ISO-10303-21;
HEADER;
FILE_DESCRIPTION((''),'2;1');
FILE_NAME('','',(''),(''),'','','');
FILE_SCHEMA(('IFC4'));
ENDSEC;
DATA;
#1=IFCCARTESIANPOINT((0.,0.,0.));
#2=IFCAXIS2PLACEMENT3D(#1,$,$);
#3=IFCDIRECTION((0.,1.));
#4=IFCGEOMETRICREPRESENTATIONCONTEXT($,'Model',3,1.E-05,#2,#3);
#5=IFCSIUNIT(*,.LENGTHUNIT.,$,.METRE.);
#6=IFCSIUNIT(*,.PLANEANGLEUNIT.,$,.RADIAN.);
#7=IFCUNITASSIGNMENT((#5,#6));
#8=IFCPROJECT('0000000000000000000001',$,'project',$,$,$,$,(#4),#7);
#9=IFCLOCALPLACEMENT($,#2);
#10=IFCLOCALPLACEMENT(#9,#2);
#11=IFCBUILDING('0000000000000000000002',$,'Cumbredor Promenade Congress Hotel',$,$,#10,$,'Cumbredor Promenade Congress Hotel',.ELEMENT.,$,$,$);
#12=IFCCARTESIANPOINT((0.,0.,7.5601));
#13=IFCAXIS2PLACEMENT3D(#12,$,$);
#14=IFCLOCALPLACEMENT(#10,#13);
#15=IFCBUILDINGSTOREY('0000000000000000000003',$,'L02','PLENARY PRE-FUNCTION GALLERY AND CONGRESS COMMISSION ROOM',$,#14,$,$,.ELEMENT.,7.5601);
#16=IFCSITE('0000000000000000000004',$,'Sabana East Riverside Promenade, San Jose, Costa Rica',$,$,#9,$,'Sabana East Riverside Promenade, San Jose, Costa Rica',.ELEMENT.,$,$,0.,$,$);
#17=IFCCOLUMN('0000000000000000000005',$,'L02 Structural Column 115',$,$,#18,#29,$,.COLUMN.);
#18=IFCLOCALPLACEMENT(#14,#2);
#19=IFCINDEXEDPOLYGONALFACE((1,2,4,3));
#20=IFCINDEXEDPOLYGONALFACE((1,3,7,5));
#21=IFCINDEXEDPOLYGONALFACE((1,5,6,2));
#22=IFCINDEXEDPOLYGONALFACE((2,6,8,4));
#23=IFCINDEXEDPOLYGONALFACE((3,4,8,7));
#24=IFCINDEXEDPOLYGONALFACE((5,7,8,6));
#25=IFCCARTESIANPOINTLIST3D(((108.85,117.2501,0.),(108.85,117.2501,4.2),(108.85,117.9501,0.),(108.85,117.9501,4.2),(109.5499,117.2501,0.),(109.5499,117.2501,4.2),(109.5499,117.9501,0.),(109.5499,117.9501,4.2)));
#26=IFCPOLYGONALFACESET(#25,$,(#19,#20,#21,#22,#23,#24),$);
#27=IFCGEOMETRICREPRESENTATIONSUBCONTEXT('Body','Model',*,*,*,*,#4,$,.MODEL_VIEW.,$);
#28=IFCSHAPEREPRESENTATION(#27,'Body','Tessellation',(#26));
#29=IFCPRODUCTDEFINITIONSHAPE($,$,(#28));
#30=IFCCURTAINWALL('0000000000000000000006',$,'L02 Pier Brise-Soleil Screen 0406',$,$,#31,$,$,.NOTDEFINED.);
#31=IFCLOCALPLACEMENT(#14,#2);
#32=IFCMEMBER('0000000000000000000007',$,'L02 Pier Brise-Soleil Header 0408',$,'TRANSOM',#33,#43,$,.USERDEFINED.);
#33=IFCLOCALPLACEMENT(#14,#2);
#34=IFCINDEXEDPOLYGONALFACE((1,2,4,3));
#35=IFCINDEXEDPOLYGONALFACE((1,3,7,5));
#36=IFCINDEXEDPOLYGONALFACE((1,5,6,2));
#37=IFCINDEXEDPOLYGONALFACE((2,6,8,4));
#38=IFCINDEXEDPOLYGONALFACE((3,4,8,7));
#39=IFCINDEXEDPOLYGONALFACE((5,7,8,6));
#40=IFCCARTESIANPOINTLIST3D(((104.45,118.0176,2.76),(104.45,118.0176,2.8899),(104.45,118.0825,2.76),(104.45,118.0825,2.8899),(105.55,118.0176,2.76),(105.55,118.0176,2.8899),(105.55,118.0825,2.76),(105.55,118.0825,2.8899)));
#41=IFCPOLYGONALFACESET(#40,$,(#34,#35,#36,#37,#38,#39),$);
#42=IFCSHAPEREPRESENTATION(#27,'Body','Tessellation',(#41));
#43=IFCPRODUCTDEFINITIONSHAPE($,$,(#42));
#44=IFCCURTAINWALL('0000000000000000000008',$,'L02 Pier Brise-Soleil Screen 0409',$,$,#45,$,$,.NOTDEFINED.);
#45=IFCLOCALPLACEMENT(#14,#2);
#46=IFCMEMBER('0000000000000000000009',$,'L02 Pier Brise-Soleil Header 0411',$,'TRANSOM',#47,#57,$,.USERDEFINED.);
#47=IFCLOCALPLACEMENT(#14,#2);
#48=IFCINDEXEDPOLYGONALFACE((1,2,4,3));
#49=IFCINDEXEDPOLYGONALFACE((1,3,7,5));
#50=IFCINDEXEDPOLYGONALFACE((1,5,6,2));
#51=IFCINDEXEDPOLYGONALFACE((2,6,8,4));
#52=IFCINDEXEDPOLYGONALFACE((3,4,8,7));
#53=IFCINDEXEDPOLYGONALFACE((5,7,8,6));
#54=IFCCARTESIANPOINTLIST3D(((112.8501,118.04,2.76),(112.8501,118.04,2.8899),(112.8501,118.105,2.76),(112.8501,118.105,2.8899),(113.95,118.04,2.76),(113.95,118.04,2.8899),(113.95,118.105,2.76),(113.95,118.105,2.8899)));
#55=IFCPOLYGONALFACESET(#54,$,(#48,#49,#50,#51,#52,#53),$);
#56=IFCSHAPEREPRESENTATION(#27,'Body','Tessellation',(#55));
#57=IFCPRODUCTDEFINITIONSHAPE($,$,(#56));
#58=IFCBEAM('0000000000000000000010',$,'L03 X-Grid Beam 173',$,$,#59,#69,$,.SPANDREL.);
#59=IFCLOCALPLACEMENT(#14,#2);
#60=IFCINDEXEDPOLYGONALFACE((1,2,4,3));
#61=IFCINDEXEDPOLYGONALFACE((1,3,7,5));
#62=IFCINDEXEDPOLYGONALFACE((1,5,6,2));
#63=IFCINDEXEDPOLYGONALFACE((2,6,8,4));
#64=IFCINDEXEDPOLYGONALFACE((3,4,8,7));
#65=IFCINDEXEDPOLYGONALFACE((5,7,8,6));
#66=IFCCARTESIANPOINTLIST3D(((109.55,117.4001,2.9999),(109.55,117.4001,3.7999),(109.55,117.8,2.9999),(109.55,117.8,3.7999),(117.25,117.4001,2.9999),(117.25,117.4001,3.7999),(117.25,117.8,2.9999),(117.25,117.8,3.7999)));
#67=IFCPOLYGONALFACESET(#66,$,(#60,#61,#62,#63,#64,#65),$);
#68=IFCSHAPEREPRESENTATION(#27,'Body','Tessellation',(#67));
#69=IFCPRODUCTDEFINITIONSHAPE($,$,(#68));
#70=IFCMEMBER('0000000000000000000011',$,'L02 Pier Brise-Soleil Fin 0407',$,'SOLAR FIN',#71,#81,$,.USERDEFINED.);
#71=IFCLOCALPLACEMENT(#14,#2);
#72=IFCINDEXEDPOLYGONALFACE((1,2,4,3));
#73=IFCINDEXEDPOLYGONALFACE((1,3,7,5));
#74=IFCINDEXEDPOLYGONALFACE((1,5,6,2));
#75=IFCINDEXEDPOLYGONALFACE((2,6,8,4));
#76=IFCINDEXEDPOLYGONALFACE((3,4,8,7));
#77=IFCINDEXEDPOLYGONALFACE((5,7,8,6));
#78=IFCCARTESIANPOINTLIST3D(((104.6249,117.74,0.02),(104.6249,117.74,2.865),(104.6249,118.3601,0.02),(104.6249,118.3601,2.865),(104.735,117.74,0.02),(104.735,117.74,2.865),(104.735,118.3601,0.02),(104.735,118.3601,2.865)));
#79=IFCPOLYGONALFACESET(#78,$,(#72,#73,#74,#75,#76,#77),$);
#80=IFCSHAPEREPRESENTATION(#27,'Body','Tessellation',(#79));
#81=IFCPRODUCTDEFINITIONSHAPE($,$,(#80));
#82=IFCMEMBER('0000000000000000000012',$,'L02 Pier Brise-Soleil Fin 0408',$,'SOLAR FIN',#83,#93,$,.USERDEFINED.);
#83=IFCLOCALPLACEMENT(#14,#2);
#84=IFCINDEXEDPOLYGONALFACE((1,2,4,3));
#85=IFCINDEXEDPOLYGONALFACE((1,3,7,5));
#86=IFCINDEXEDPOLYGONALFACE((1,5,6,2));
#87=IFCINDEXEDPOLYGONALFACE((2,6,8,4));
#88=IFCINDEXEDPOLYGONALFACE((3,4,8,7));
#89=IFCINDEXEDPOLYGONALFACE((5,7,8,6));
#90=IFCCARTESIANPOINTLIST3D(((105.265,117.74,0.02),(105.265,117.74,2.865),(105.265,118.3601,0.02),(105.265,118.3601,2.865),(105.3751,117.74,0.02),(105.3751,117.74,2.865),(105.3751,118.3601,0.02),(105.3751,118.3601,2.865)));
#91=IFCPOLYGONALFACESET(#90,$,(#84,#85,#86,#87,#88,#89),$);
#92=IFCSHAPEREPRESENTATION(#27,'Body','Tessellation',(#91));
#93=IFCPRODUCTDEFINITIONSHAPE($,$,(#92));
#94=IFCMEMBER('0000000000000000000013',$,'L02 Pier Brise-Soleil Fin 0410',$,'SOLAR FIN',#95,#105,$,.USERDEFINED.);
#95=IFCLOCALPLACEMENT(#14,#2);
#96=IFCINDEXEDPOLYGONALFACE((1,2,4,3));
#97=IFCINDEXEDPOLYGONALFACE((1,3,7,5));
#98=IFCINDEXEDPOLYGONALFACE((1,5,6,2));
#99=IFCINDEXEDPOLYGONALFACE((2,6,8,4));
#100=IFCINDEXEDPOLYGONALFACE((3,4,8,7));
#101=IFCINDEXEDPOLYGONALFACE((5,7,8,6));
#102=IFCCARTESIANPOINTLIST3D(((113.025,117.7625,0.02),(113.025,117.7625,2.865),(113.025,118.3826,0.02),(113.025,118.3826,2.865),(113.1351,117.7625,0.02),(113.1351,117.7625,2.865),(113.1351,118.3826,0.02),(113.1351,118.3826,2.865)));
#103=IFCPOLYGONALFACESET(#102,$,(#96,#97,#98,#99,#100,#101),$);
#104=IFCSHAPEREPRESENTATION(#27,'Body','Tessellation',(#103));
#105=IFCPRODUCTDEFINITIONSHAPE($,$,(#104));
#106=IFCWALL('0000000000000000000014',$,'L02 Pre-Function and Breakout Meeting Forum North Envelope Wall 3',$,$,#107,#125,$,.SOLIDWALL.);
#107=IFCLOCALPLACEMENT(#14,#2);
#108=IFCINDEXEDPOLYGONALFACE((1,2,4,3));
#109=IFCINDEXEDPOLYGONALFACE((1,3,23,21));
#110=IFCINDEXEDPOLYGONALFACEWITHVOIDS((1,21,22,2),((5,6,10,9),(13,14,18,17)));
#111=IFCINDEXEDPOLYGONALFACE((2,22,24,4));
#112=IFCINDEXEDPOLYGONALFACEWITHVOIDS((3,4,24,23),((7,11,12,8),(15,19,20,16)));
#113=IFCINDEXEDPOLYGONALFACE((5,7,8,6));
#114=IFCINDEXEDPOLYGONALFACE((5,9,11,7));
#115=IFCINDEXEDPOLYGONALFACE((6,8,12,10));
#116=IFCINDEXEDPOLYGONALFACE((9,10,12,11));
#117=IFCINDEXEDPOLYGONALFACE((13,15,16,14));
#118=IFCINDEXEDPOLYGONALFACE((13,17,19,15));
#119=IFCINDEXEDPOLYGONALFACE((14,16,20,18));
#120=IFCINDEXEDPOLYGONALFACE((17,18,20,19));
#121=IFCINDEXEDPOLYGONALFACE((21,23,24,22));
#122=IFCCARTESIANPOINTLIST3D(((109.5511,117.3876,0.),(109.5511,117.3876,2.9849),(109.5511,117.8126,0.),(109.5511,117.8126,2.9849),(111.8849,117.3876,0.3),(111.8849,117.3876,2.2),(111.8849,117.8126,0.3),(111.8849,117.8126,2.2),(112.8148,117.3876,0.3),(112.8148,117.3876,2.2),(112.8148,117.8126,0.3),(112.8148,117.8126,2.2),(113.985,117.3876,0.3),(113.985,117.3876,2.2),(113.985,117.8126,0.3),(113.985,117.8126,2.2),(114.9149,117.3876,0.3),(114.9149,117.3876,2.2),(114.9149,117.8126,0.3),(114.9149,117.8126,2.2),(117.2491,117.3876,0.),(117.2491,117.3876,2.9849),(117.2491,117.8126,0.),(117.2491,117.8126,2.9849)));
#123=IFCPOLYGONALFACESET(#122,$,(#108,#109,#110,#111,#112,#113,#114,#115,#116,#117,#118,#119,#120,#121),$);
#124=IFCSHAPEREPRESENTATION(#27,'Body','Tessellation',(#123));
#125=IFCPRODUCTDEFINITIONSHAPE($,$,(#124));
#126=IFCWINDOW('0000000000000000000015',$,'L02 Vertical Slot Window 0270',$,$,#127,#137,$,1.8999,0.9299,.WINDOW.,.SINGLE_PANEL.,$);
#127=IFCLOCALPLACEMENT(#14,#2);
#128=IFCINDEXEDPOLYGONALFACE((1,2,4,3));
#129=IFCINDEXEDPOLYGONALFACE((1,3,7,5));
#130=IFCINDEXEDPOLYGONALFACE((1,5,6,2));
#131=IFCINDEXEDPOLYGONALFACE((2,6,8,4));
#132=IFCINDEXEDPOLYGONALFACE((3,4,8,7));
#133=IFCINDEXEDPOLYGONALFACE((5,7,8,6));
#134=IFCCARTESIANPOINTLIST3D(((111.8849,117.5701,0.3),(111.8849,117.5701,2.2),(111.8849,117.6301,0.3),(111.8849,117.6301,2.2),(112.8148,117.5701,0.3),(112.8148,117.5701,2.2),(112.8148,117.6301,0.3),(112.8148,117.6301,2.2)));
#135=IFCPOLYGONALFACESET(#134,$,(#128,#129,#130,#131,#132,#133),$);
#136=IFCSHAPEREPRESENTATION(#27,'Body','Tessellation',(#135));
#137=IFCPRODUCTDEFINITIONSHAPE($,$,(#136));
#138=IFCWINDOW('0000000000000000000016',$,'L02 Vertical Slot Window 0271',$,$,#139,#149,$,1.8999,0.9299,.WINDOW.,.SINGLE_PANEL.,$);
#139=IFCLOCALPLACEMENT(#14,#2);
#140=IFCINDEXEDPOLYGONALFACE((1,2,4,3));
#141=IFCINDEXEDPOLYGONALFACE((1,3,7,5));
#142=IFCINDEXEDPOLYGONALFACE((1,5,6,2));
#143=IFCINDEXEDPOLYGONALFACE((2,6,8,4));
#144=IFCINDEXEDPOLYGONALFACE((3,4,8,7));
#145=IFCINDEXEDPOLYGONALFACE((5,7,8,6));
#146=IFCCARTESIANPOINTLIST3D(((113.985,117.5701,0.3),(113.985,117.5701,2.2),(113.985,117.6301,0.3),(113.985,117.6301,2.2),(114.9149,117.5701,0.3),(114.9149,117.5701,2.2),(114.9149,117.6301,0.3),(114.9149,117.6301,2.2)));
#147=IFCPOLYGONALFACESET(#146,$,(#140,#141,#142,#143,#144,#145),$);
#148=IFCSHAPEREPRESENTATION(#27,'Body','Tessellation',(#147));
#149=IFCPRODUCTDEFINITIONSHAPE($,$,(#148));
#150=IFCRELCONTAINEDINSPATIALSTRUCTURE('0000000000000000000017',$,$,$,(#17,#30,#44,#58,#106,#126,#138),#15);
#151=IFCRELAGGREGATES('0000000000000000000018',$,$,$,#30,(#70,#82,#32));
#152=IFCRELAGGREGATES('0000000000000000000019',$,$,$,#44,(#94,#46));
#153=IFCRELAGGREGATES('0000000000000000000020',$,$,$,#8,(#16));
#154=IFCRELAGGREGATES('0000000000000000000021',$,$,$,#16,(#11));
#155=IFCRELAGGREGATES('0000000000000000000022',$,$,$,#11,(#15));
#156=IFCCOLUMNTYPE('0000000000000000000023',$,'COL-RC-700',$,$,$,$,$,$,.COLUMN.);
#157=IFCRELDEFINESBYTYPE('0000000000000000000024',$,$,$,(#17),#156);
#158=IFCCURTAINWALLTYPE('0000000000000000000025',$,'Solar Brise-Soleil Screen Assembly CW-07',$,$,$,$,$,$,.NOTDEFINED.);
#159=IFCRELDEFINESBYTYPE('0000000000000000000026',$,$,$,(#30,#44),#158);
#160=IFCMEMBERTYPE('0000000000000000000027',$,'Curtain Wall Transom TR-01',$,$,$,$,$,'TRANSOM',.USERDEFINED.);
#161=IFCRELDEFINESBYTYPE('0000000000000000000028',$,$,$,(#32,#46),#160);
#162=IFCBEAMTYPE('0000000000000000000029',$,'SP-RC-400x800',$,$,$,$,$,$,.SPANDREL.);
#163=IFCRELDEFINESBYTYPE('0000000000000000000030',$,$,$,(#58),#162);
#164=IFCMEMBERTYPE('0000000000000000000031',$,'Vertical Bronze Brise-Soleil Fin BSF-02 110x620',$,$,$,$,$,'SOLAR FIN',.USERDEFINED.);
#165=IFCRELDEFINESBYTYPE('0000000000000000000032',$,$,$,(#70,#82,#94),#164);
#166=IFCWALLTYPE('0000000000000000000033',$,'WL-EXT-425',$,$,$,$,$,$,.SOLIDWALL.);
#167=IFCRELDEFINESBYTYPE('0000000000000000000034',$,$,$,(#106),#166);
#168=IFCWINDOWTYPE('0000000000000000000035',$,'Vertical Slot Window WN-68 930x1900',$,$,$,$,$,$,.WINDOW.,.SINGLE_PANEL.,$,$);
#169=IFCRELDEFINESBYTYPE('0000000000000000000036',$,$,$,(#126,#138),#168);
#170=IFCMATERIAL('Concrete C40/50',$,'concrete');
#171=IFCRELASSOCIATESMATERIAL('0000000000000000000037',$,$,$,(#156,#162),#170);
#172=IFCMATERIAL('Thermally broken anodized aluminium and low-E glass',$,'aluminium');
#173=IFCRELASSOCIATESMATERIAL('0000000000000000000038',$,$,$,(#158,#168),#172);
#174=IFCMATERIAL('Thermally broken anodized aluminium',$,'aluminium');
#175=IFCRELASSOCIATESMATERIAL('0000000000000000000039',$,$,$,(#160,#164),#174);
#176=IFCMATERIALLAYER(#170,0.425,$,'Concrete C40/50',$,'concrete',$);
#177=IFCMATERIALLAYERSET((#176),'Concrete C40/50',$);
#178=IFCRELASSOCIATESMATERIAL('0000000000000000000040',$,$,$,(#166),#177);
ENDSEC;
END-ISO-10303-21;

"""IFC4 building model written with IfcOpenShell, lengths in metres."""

from ifc_helpers import new_model, si_unit, direction, frame, frame_2d, origin, origin_2d, place, context, subcontext, project, spatial, rectangle, extrude, material, layer, layer_set, material_profile, profile_set, type_object, element, fill, aggregate, save


model = new_model("IFC4")

# Units and contexts
model_context = context("Model", 3, precision=1e-05, world=origin(), true_north=direction((0.0, 1.0)))
body_context = subcontext(model_context, "Body", "Model", "MODEL_VIEW")
ifc_project = project(units=[si_unit("LENGTHUNIT", "METRE"), si_unit("PLANEANGLEUNIT", "RADIAN")], contexts=[model_context])

# Site, building, storey
site_placement = place(None, origin())
site = spatial("IfcSite", under=ifc_project, at=site_placement, Name="Sabana East Riverside Promenade, San Jose, Costa Rica", LongName="Sabana East Riverside Promenade, San Jose, Costa Rica", CompositionType="ELEMENT", RefElevation=0.0)
building_placement = place(site_placement, origin())
building = spatial("IfcBuilding", under=site, at=building_placement, Name="Cumbredor Promenade Congress Hotel", LongName="Cumbredor Promenade Congress Hotel", CompositionType="ELEMENT")
storey_placement = place(building_placement, frame((0.0, 0.0, 7.5601)))
storey = spatial("IfcBuildingStorey", under=building, at=storey_placement, Name="L02", Description="PLENARY PRE-FUNCTION GALLERY AND CONGRESS COMMISSION ROOM", CompositionType="ELEMENT", Elevation=7.5601)

# Column
ifc_material_1 = material(Name="Concrete C40/50", Category="concrete")
ifc_material_profile_1 = material_profile(ifc_material_1, rectangle(XDim=0.7, YDim=0.7, at=origin_2d()), Name="RC 700x700")
ifc_profile_set_1 = profile_set([ifc_material_profile_1], Name="Concrete C40/50")
column_type = type_object("IfcColumnType", Name="COL-RC-700", PredefinedType="COLUMN", material=ifc_profile_set_1)
column_placement = place(storey_placement, frame((109.2, 117.6001, 0.0), z_axis=(0.0, 0.0, 1.0), x_axis=(1.0, 0.0, 0.0)))
element("IfcColumn", 1, at=column_placement, inside=storey, type_object=column_type, Name="L02 Structural Column 115", PredefinedType="COLUMN", context=body_context, shape_type="SweptSolid", body=[
    extrude(rectangle(XDim=0.7, YDim=0.7, at=origin_2d()), origin(), (0.0, 0.0, 1.0), 4.2),
])

# Curtain walls, members
ifc_material_2 = material(Name="Thermally broken anodized aluminium and low-E glass", Category="aluminium")
curtain_wall_type = type_object("IfcCurtainWallType", Name="Solar Brise-Soleil Screen Assembly CW-07", PredefinedType="NOTDEFINED", material=ifc_material_2)
curtain_wall_1_placement = place(storey_placement, origin())
curtain_wall_1 = element("IfcCurtainWall", 2, at=curtain_wall_1_placement, inside=storey, type_object=curtain_wall_type, Name="L02 Pier Brise-Soleil Screen 0406", PredefinedType="NOTDEFINED")
ifc_material_3 = material(Name="Thermally broken anodized aluminium", Category="aluminium")
ifc_material_profile_2 = material_profile(ifc_material_3, rectangle(XDim=0.0649, YDim=0.1299, at=origin_2d()), Name="ALU TRANSOM 65x130")
ifc_profile_set_2 = profile_set([ifc_material_profile_2], Name="Thermally broken anodized aluminium")
member_type_1 = type_object("IfcMemberType", Name="Curtain Wall Transom TR-01", ElementType="TRANSOM", PredefinedType="USERDEFINED", material=ifc_profile_set_2)
member_1_placement = place(storey_placement, frame((104.45, 118.05, 2.825), z_axis=(1.0, 0.0, 0.0), x_axis=(0.0, 1.0, 0.0)))
member_1 = element("IfcMember", 3, at=member_1_placement, type_object=member_type_1, Name="L02 Pier Brise-Soleil Header 0408", ObjectType="TRANSOM", PredefinedType="USERDEFINED", context=body_context, shape_type="SweptSolid", body=[
    extrude(rectangle(XDim=0.0649, YDim=0.1299, at=origin_2d()), origin(), (0.0, 0.0, 1.0), 1.1001),
])
curtain_wall_2_placement = place(storey_placement, origin())
curtain_wall_2 = element("IfcCurtainWall", 4, at=curtain_wall_2_placement, inside=storey, type_object=curtain_wall_type, Name="L02 Pier Brise-Soleil Screen 0409", PredefinedType="NOTDEFINED")
member_2_placement = place(storey_placement, frame((112.8501, 118.0725, 2.825), z_axis=(1.0, 0.0, 0.0), x_axis=(0.0, 1.0, 0.0)))
member_2 = element("IfcMember", 5, at=member_2_placement, type_object=member_type_1, Name="L02 Pier Brise-Soleil Header 0411", ObjectType="TRANSOM", PredefinedType="USERDEFINED", context=body_context, shape_type="SweptSolid", body=[
    extrude(rectangle(XDim=0.0649, YDim=0.1299, at=origin_2d()), origin(), (0.0, 0.0, 1.0), 1.0999),
])

# Beam
ifc_material_profile_3 = material_profile(ifc_material_1, rectangle(XDim=0.3999, YDim=0.8, at=origin_2d()), Name="RC SPANDREL 400x800")
ifc_profile_set_3 = profile_set([ifc_material_profile_3], Name="Concrete C40/50")
beam_type = type_object("IfcBeamType", Name="SP-RC-400x800", PredefinedType="SPANDREL", material=ifc_profile_set_3)
beam_placement = place(storey_placement, frame((109.55, 117.6001, 3.3999), z_axis=(1.0, 0.0, 0.0), x_axis=(0.0, 1.0, 0.0)))
element("IfcBeam", 6, at=beam_placement, inside=storey, type_object=beam_type, Name="L03 X-Grid Beam 173", PredefinedType="SPANDREL", context=body_context, shape_type="SweptSolid", body=[
    extrude(rectangle(XDim=0.3999, YDim=0.8, at=origin_2d()), origin(), (0.0, 0.0, 1.0), 7.7),
])

# Members
ifc_material_profile_4 = material_profile(ifc_material_3, rectangle(XDim=0.1101, YDim=0.6201, at=origin_2d()), Name="ARCH FIN 110x620")
ifc_profile_set_4 = profile_set([ifc_material_profile_4], Name="Thermally broken anodized aluminium")
member_type_2 = type_object("IfcMemberType", Name="Vertical Bronze Brise-Soleil Fin BSF-02 110x620", ElementType="SOLAR FIN", PredefinedType="USERDEFINED", material=ifc_profile_set_4)
member_3_placement = place(storey_placement, frame((104.6799, 118.05, 0.02), z_axis=(0.0, 0.0, 1.0), x_axis=(1.0, 0.0, 0.0)))
member_3 = element("IfcMember", 7, at=member_3_placement, type_object=member_type_2, Name="L02 Pier Brise-Soleil Fin 0407", ObjectType="SOLAR FIN", PredefinedType="USERDEFINED", context=body_context, shape_type="SweptSolid", body=[
    extrude(rectangle(XDim=0.1101, YDim=0.6201, at=origin_2d()), origin(), (0.0, 0.0, 1.0), 2.845),
])
member_4_placement = place(storey_placement, frame((105.3201, 118.05, 0.02), z_axis=(0.0, 0.0, 1.0), x_axis=(1.0, 0.0, 0.0)))
member_4 = element("IfcMember", 8, at=member_4_placement, type_object=member_type_2, Name="L02 Pier Brise-Soleil Fin 0408", ObjectType="SOLAR FIN", PredefinedType="USERDEFINED", context=body_context, shape_type="SweptSolid", body=[
    extrude(rectangle(XDim=0.1101, YDim=0.6201, at=origin_2d()), origin(), (0.0, 0.0, 1.0), 2.845),
])
aggregate(curtain_wall_1, [member_3, member_4, member_1])
member_5_placement = place(storey_placement, frame((113.0801, 118.0725, 0.02), z_axis=(0.0, 0.0, 1.0), x_axis=(1.0, 0.0, 0.0)))
member_5 = element("IfcMember", 9, at=member_5_placement, type_object=member_type_2, Name="L02 Pier Brise-Soleil Fin 0410", ObjectType="SOLAR FIN", PredefinedType="USERDEFINED", context=body_context, shape_type="SweptSolid", body=[
    extrude(rectangle(XDim=0.1101, YDim=0.6201, at=origin_2d()), origin(), (0.0, 0.0, 1.0), 2.845),
])
aggregate(curtain_wall_2, [member_5, member_2])

# Wall, openings, windows
ifc_layer = layer(ifc_material_1, 0.425, Name="Concrete C40/50", Category="concrete")
ifc_layer_set = layer_set([ifc_layer], Name="Concrete C40/50")
wall_type = type_object("IfcWallType", Name="WL-EXT-425", PredefinedType="SOLIDWALL", material=ifc_layer_set)
wall_placement = place(storey_placement, frame((109.551, 117.6001, 0.0), z_axis=(0.0, 0.0, 1.0), x_axis=(1.0, 0.0, 0.0)))
wall = element("IfcWall", 10, at=wall_placement, inside=storey, type_object=wall_type, Name="L02 Pre-Function and Breakout Meeting Forum North Envelope Wall 3", PredefinedType="SOLIDWALL", context=body_context, shape_type="SweptSolid", body=[
    extrude(rectangle(XDim=7.698, YDim=0.425, at=frame_2d((3.8491, 0.0))), origin(), (0.0, 0.0, 1.0), 2.9849),
])
opening_1_placement = place(wall_placement, frame((2.334, 0.0, 0.3)))
opening_1 = element("IfcOpeningElement", 11, at=opening_1_placement, cuts=wall, PredefinedType="OPENING", context=body_context, shape_type="SweptSolid", body=[
    extrude(rectangle(XDim=0.9299, YDim=1.8999, at=frame_2d((0.4648, 0.95))), frame((0.0, 0.2227, 0.0), z_axis=(0.0, -1.0, 0.0), x_axis=(1.0, 0.0, 0.0)), (0.0, 0.0, 1.0), 0.4451),
])
opening_2_placement = place(wall_placement, frame((4.4341, 0.0, 0.3)))
opening_2 = element("IfcOpeningElement", 12, at=opening_2_placement, cuts=wall, PredefinedType="OPENING", context=body_context, shape_type="SweptSolid", body=[
    extrude(rectangle(XDim=0.9299, YDim=1.8999, at=frame_2d((0.4648, 0.95))), frame((0.0, 0.2227, 0.0), z_axis=(0.0, -1.0, 0.0), x_axis=(1.0, 0.0, 0.0)), (0.0, 0.0, 1.0), 0.4451),
])
window_type = type_object("IfcWindowType", Name="Vertical Slot Window WN-68 930x1900", PartitioningType="SINGLE_PANEL", PredefinedType="WINDOW", material=ifc_material_2)
window_1_placement = place(opening_1_placement, origin())
window_1 = element("IfcWindow", 13, at=window_1_placement, inside=storey, type_object=window_type, Name="L02 Vertical Slot Window 0270", OverallHeight=1.8999, OverallWidth=0.9299, PartitioningType="SINGLE_PANEL", PredefinedType="WINDOW", context=body_context, shape_type="SweptSolid", body=[
    extrude(rectangle(XDim=0.9299, YDim=1.8999, at=frame_2d((0.4648, 0.95))), frame((0.0, 0.03, 0.0), z_axis=(0.0, -1.0, 0.0), x_axis=(1.0, 0.0, 0.0)), (0.0, 0.0, 1.0), 0.0601),
])
fill(opening_1, window_1)
window_2_placement = place(opening_2_placement, origin())
window_2 = element("IfcWindow", 14, at=window_2_placement, inside=storey, type_object=window_type, Name="L02 Vertical Slot Window 0271", OverallHeight=1.8999, OverallWidth=0.9299, PartitioningType="SINGLE_PANEL", PredefinedType="WINDOW", context=body_context, shape_type="SweptSolid", body=[
    extrude(rectangle(XDim=0.9299, YDim=1.8999, at=frame_2d((0.4648, 0.95))), frame((0.0, 0.03, 0.0), z_axis=(0.0, -1.0, 0.0), x_axis=(1.0, 0.0, 0.0)), (0.0, 0.0, 1.0), 0.0601),
])
fill(opening_2, window_2)

save(model, "model.ifc")
